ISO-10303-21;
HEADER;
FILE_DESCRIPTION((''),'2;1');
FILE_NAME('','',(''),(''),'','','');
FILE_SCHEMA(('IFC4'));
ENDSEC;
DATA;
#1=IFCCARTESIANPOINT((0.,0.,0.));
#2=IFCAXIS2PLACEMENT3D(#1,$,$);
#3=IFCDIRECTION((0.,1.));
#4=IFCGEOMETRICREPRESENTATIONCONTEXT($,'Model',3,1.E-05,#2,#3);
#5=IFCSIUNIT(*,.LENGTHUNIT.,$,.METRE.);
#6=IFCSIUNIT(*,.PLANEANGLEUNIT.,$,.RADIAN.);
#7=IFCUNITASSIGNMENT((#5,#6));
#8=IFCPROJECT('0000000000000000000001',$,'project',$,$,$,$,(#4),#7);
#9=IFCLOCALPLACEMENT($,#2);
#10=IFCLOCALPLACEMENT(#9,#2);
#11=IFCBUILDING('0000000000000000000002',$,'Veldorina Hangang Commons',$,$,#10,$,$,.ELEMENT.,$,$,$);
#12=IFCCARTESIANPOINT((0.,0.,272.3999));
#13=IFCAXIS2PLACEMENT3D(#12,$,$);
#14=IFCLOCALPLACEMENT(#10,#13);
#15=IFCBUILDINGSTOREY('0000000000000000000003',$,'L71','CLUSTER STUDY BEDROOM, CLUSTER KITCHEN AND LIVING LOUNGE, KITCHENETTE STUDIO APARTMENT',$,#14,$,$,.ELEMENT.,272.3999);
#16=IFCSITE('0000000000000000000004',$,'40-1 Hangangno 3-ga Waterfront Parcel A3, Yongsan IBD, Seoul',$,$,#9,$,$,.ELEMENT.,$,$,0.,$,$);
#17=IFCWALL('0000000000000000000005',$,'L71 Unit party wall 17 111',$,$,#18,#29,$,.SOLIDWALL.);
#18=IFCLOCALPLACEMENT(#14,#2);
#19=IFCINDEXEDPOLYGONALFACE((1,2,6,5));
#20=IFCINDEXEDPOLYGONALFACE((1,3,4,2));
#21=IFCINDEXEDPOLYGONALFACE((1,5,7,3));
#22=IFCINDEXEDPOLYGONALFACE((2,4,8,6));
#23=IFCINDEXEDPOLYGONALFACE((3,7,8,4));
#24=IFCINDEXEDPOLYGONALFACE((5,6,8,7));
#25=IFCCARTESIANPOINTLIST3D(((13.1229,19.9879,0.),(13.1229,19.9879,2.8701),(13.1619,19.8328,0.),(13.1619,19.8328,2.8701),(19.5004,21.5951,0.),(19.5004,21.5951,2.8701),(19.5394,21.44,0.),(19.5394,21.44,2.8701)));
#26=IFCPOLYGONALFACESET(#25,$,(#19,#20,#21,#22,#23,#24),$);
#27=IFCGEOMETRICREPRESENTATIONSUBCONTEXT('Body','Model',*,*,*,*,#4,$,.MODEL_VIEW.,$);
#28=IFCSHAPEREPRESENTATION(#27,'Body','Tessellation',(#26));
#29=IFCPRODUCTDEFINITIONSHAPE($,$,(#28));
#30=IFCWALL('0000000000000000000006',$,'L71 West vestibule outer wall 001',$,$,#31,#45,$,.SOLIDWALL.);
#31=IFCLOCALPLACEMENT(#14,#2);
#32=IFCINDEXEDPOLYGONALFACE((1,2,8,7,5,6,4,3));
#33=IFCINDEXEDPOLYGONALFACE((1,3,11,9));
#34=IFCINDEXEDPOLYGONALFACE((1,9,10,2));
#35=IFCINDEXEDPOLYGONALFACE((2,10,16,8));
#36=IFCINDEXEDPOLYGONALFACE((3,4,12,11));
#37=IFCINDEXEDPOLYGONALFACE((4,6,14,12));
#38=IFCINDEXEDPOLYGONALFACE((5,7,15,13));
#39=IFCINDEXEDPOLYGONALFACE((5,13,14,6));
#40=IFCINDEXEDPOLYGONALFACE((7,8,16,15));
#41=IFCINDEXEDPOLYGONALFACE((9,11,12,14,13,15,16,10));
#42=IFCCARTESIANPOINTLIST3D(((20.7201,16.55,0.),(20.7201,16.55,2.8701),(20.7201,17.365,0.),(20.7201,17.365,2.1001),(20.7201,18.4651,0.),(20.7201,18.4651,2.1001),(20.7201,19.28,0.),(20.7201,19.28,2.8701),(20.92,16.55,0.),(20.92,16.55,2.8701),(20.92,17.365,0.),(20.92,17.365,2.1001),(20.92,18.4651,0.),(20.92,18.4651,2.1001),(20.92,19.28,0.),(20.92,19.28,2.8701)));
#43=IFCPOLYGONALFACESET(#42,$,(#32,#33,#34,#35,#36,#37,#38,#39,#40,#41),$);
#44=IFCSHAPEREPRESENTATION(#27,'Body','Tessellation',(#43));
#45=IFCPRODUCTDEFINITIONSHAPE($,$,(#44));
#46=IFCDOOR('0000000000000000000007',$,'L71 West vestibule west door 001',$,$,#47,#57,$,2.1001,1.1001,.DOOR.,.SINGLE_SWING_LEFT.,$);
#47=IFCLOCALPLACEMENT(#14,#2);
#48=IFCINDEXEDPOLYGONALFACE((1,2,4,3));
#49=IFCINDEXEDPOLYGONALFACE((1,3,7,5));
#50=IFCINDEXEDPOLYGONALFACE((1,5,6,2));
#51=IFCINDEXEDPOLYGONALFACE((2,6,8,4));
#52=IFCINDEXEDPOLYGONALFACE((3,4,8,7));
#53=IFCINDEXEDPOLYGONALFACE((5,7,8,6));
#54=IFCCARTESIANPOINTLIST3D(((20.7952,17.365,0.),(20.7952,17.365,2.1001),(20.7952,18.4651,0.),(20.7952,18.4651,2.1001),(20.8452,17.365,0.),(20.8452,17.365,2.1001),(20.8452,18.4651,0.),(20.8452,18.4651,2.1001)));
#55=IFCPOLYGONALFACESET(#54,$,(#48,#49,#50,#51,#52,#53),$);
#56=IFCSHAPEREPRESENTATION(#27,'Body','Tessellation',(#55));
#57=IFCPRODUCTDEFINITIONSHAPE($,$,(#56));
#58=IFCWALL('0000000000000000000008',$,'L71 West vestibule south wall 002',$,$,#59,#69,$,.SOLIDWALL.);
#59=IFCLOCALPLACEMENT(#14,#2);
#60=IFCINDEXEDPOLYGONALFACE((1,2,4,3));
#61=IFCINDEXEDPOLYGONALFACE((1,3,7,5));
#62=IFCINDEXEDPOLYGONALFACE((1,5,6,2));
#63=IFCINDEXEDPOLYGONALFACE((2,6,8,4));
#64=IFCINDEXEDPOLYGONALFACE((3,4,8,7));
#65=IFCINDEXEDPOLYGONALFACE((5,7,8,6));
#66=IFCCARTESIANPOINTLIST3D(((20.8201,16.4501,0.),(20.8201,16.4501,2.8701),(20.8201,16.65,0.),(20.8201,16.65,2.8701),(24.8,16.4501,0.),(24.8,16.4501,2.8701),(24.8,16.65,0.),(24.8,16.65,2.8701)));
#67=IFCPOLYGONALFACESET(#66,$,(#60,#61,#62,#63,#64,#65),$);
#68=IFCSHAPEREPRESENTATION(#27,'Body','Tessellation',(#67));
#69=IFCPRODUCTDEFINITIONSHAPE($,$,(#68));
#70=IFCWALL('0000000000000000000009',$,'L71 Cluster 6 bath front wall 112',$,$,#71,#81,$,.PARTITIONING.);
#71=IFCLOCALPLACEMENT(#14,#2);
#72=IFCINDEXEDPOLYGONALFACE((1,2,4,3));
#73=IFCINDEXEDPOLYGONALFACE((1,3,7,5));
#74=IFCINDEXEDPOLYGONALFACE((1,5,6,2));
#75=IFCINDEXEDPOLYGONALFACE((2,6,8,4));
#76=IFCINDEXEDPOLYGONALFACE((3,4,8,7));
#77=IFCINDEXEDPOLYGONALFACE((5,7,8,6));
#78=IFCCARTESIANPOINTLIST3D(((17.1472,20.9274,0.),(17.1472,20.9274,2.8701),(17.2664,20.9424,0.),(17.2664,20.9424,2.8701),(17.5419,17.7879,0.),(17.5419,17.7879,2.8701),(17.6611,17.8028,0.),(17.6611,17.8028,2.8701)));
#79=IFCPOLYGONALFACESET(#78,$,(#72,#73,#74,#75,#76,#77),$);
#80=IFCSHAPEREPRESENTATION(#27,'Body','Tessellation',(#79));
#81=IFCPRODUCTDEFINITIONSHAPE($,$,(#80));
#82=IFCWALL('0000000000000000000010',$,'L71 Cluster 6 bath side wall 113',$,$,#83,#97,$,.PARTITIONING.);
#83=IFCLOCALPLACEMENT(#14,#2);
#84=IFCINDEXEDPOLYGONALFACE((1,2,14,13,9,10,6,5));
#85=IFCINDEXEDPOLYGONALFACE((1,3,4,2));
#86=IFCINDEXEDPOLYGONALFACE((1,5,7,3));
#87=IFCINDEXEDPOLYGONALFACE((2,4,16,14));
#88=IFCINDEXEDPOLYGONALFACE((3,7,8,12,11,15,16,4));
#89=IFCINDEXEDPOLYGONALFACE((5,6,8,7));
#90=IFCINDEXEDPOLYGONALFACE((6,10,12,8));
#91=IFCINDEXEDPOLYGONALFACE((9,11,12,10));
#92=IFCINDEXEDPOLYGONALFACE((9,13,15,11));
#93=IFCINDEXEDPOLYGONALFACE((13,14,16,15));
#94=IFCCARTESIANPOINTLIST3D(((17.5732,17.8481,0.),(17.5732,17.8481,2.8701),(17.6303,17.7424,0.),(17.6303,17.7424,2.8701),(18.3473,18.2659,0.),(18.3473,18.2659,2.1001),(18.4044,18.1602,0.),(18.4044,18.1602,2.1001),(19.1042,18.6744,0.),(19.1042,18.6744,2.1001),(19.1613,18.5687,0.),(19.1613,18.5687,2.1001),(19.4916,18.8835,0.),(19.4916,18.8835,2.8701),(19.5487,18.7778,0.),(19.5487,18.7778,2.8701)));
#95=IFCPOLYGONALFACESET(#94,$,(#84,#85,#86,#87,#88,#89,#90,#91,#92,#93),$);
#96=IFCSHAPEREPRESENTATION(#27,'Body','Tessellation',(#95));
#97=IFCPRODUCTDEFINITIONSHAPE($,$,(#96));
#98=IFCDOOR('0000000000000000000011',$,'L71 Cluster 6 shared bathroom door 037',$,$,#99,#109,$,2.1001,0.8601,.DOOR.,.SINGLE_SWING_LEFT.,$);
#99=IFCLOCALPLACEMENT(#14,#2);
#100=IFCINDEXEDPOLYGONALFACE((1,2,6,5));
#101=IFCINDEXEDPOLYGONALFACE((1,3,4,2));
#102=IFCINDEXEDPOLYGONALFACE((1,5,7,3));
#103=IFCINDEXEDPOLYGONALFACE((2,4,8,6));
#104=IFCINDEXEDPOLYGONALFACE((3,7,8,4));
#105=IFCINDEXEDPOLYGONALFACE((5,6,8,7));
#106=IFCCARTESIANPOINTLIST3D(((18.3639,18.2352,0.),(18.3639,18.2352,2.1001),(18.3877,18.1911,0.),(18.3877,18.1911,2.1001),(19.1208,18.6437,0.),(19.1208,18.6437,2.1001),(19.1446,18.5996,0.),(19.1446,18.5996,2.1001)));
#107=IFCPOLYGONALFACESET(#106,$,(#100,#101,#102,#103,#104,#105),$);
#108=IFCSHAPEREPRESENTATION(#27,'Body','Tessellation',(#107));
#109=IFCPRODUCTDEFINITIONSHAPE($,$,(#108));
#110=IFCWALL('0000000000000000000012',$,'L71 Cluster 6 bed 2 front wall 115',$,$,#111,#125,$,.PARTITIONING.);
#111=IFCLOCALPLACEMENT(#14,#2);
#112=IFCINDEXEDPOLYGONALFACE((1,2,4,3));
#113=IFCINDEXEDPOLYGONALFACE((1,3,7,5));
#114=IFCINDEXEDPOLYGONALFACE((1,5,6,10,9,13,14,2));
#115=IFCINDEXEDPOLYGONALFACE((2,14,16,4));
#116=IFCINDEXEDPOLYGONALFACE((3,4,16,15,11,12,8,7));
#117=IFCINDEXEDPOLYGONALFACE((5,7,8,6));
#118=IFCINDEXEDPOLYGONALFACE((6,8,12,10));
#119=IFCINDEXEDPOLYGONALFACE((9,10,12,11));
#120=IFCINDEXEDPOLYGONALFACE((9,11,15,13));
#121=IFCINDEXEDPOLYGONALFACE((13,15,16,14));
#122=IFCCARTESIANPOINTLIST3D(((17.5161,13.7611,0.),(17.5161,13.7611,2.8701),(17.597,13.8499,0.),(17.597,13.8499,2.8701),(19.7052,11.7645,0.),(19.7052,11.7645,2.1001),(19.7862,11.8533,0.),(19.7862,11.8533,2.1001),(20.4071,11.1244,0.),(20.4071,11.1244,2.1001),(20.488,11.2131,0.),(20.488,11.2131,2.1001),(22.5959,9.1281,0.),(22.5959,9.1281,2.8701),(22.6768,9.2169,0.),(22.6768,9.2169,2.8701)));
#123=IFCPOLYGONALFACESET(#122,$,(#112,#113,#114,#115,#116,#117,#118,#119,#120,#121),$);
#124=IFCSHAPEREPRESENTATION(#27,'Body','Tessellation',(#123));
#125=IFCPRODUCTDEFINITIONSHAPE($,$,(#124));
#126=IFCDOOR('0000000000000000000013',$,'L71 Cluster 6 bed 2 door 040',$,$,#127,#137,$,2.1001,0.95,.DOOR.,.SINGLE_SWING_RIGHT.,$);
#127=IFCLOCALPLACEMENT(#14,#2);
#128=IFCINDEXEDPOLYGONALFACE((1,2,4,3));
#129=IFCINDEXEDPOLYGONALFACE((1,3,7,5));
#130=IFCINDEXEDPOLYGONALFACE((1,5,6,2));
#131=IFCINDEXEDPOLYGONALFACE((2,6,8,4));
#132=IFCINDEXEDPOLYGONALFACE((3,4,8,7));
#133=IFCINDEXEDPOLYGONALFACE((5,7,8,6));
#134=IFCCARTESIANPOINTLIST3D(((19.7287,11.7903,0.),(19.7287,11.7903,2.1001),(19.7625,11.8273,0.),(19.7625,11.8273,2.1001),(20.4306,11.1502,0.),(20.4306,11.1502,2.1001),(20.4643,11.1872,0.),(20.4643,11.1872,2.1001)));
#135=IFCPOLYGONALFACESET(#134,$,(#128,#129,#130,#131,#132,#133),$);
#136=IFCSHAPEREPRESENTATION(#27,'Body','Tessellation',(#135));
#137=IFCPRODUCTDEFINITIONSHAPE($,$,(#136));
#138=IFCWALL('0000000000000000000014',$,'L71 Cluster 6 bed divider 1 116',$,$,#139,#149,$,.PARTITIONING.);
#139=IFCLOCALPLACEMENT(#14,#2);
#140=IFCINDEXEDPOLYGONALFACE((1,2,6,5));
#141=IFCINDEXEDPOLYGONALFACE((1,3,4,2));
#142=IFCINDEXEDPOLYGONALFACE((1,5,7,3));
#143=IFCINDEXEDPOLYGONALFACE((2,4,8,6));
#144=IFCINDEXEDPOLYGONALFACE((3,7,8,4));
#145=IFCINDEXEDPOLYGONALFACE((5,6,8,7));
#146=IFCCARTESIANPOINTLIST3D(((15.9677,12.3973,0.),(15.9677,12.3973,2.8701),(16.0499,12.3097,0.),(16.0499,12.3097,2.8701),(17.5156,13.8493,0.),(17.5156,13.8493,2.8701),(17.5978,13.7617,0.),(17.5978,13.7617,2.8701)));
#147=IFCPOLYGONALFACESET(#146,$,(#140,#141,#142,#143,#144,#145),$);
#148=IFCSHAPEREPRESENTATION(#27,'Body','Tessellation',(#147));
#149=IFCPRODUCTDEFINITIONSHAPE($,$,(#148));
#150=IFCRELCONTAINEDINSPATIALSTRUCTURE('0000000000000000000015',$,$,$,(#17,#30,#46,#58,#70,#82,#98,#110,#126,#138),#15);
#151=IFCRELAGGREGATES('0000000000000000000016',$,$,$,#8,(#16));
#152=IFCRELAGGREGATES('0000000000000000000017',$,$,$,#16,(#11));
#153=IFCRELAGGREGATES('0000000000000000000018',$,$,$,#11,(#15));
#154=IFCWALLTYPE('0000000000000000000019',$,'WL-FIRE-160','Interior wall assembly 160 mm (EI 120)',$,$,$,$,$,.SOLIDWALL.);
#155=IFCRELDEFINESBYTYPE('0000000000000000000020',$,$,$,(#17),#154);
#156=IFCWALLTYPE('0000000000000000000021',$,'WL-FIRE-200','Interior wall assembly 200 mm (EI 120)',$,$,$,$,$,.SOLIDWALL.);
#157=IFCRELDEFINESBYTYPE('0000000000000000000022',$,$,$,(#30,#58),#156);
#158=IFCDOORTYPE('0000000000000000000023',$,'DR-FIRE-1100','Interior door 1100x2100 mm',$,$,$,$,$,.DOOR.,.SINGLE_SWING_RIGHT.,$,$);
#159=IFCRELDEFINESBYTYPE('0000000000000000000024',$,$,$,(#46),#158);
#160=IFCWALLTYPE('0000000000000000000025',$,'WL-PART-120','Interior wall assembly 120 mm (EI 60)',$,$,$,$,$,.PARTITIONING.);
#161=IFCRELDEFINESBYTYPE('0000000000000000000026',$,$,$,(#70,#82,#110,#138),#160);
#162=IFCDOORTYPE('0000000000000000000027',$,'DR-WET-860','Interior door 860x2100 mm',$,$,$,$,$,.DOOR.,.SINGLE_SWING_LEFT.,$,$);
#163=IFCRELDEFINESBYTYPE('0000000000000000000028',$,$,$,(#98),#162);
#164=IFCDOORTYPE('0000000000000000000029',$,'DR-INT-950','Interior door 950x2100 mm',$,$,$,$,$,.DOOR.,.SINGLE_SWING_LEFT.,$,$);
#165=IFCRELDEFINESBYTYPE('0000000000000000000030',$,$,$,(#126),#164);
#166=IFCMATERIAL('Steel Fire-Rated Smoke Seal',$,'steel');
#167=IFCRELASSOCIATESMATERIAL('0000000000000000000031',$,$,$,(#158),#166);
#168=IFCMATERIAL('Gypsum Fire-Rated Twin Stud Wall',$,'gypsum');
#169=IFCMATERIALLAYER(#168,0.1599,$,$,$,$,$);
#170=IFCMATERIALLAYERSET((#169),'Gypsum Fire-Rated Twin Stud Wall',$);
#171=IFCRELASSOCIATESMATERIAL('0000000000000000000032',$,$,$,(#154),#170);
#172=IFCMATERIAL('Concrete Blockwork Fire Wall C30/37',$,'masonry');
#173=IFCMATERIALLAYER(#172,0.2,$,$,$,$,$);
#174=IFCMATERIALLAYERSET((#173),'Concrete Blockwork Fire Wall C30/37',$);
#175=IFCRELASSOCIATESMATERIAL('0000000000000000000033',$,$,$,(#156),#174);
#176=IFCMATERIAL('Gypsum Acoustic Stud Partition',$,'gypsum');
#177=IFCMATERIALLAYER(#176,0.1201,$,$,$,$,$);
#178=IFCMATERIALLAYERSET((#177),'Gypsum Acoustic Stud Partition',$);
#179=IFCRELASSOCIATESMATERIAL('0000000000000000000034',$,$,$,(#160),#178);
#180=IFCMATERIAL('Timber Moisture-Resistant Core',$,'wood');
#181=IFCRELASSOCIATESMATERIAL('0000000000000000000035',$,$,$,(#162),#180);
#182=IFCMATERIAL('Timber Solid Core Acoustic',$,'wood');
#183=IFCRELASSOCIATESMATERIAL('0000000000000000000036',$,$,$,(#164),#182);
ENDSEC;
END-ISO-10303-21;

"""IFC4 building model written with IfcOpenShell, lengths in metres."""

from ifc_helpers import new_model, si_unit, direction, frame, frame_2d, origin, place, context, subcontext, project, spatial, rectangle, extrude, material, layer, layer_set, type_object, element, fill, save


model = new_model("IFC4")

# Units and contexts
model_context = context("Model", 3, precision=1e-05, world=origin(), true_north=direction((0.0, 1.0)))
body_context = subcontext(model_context, "Body", "Model", "MODEL_VIEW")
ifc_project = project(units=[si_unit("LENGTHUNIT", "METRE"), si_unit("PLANEANGLEUNIT", "RADIAN")], contexts=[model_context])

# Site, building, storey
site_placement = place(None, origin())
site = spatial("IfcSite", under=ifc_project, at=site_placement, Name="40-1 Hangangno 3-ga Waterfront Parcel A3, Yongsan IBD, Seoul", CompositionType="ELEMENT", RefElevation=0.0)
building_placement = place(site_placement, origin())
building = spatial("IfcBuilding", under=site, at=building_placement, Name="Veldorina Hangang Commons", CompositionType="ELEMENT")
storey_placement = place(building_placement, frame((0.0, 0.0, 272.3999)))
storey = spatial("IfcBuildingStorey", under=building, at=storey_placement, Name="L71", Description="CLUSTER STUDY BEDROOM, CLUSTER KITCHEN AND LIVING LOUNGE, KITCHENETTE STUDIO APARTMENT", CompositionType="ELEMENT", Elevation=272.3999)

# Shared definitions
ifc_material_1 = material(Name="Steel Fire-Rated Smoke Seal", Category="steel")
door_type_1 = type_object("IfcDoorType", Name="DR-FIRE-1100", Description="Interior door 1100x2100 mm", OperationType="SINGLE_SWING_RIGHT", PredefinedType="DOOR", material=ifc_material_1)

# Shared definitions
ifc_material_2 = material(Name="Gypsum Fire-Rated Twin Stud Wall", Category="gypsum")
ifc_layer_1 = layer(ifc_material_2, 0.1599)
ifc_layer_set_1 = layer_set([ifc_layer_1], Name="Gypsum Fire-Rated Twin Stud Wall")
wall_type_1 = type_object("IfcWallType", Name="WL-FIRE-160", Description="Interior wall assembly 160 mm (EI 120)", PredefinedType="SOLIDWALL", material=ifc_layer_set_1)

# Wall
wall_1_placement = place(storey_placement, frame((19.52, 21.5176, 0.0), z_axis=(0.0, 0.0, 1.0), x_axis=(-0.969682, -0.244369, 0.0)))
element("IfcWall", 1, at=wall_1_placement, inside=storey, type_object=wall_type_1, Name="L71 Unit party wall 17 111", PredefinedType="SOLIDWALL", context=body_context, shape_type="SweptSolid", body=[
    extrude(rectangle(XDim=6.5769, YDim=0.1599, at=frame_2d((3.2886, 0.0))), origin(), (0.0, 0.0, 1.0), 2.8701),
])

# Wall, opening, door
ifc_material_3 = material(Name="Concrete Blockwork Fire Wall C30/37", Category="masonry")
ifc_layer_2 = layer(ifc_material_3, 0.2)
ifc_layer_set_2 = layer_set([ifc_layer_2], Name="Concrete Blockwork Fire Wall C30/37")
wall_type_2 = type_object("IfcWallType", Name="WL-FIRE-200", Description="Interior wall assembly 200 mm (EI 120)", PredefinedType="SOLIDWALL", material=ifc_layer_set_2)
wall_2_placement = place(storey_placement, frame((20.8201, 16.55, 0.0), z_axis=(0.0, 0.0, 1.0), x_axis=(0.0, 1.0, 0.0)))
wall_2 = element("IfcWall", 2, at=wall_2_placement, inside=storey, type_object=wall_type_2, Name="L71 West vestibule outer wall 001", PredefinedType="SOLIDWALL", context=body_context, shape_type="SweptSolid", body=[
    extrude(rectangle(XDim=2.73, YDim=0.2, at=frame_2d((1.365, 0.0))), origin(), (0.0, 0.0, 1.0), 2.8701),
])
opening_1_placement = place(wall_2_placement, frame((0.8149, 0.0, 0.0)))
opening_1 = element("IfcOpeningElement", 3, at=opening_1_placement, cuts=wall_2, PredefinedType="OPENING", context=body_context, shape_type="SweptSolid", body=[
    extrude(rectangle(XDim=1.1001, YDim=2.1001, at=frame_2d((0.55, 1.05))), frame((0.0, 0.1099, 0.0), z_axis=(0.0, -1.0, 0.0), x_axis=(1.0, 0.0, 0.0)), (0.0, 0.0, 1.0), 0.22),
])
door_1_placement = place(opening_1_placement, origin())
door_1 = element("IfcDoor", 4, at=door_1_placement, inside=storey, type_object=door_type_1, Name="L71 West vestibule west door 001", OperationType="SINGLE_SWING_LEFT", OverallHeight=2.1001, OverallWidth=1.1001, PredefinedType="DOOR", context=body_context, shape_type="SweptSolid", body=[
    extrude(rectangle(XDim=1.1001, YDim=2.1001, at=frame_2d((0.55, 1.05))), frame((0.0, 0.0249, 0.0), z_axis=(0.0, -1.0, 0.0), x_axis=(1.0, 0.0, 0.0)), (0.0, 0.0, 1.0), 0.05),
])
fill(opening_1, door_1)

# Walls
wall_3_placement = place(storey_placement, frame((20.8201, 16.55, 0.0), z_axis=(0.0, 0.0, 1.0), x_axis=(1.0, 0.0, 0.0)))
element("IfcWall", 5, at=wall_3_placement, inside=storey, type_object=wall_type_2, Name="L71 West vestibule south wall 002", PredefinedType="SOLIDWALL", context=body_context, shape_type="SweptSolid", body=[
    extrude(rectangle(XDim=3.98, YDim=0.2, at=frame_2d((1.99, 0.0))), origin(), (0.0, 0.0, 1.0), 2.8701),
])
ifc_material_4 = material(Name="Gypsum Acoustic Stud Partition", Category="gypsum")
ifc_layer_3 = layer(ifc_material_4, 0.1201)
ifc_layer_set_3 = layer_set([ifc_layer_3], Name="Gypsum Acoustic Stud Partition")
wall_type_3 = type_object("IfcWallType", Name="WL-PART-120", Description="Interior wall assembly 120 mm (EI 60)", PredefinedType="PARTITIONING", material=ifc_layer_set_3)
wall_4_placement = place(storey_placement, frame((17.2068, 20.9348, 0.0), z_axis=(0.0, 0.0, 1.0), x_axis=(0.124756, -0.992187, 0.0)))
element("IfcWall", 6, at=wall_4_placement, inside=storey, type_object=wall_type_3, Name="L71 Cluster 6 bath front wall 112", PredefinedType="PARTITIONING", context=body_context, shape_type="SweptSolid", body=[
    extrude(rectangle(XDim=3.1643, YDim=0.1201, at=frame_2d((1.582, 0.0))), origin(), (0.0, 0.0, 1.0), 2.8701),
])

# Walls, openings, doors
wall_5_placement = place(storey_placement, frame((19.52, 18.8306, 0.0), z_axis=(0.0, 0.0, 1.0), x_axis=(-0.880014, -0.474948, 0.0)))
wall_5 = element("IfcWall", 7, at=wall_5_placement, inside=storey, type_object=wall_type_3, Name="L71 Cluster 6 bath side wall 113", PredefinedType="PARTITIONING", context=body_context, shape_type="SweptSolid", body=[
    extrude(rectangle(XDim=2.1799, YDim=0.1201, at=frame_2d((1.0898, 0.0))), origin(), (0.0, 0.0, 1.0), 2.8701),
])
opening_2_placement = place(wall_5_placement, frame((0.4399, 0.0, 0.0)))
opening_2 = element("IfcOpeningElement", 8, at=opening_2_placement, cuts=wall_5, PredefinedType="OPENING", context=body_context, shape_type="SweptSolid", body=[
    extrude(rectangle(XDim=0.8601, YDim=2.1001, at=frame_2d((0.4302, 1.05))), frame((0.0, 0.0701, 0.0), z_axis=(0.0, -1.0, 0.0), x_axis=(1.0, 0.0, 0.0)), (0.0, 0.0, 1.0), 0.1401),
])
ifc_material_5 = material(Name="Timber Moisture-Resistant Core", Category="wood")
door_type_2 = type_object("IfcDoorType", Name="DR-WET-860", Description="Interior door 860x2100 mm", OperationType="SINGLE_SWING_LEFT", PredefinedType="DOOR", material=ifc_material_5)
door_2_placement = place(opening_2_placement, origin())
door_2 = element("IfcDoor", 9, at=door_2_placement, inside=storey, type_object=door_type_2, Name="L71 Cluster 6 shared bathroom door 037", OperationType="SINGLE_SWING_LEFT", OverallHeight=2.1001, OverallWidth=0.8601, PredefinedType="DOOR", context=body_context, shape_type="SweptSolid", body=[
    extrude(rectangle(XDim=0.8601, YDim=2.1001, at=frame_2d((0.4302, 1.05))), frame((0.0, 0.0249, 0.0), z_axis=(0.0, -1.0, 0.0), x_axis=(1.0, 0.0, 0.0)), (0.0, 0.0, 1.0), 0.05),
])
fill(opening_2, door_2)
wall_6_placement = place(storey_placement, frame((17.5566, 13.8054, 0.0), z_axis=(0.0, 0.0, 1.0), x_axis=(0.738851, -0.673868, 0.0)))
wall_6 = element("IfcWall", 10, at=wall_6_placement, inside=storey, type_object=wall_type_3, Name="L71 Cluster 6 bed 2 front wall 115", PredefinedType="PARTITIONING", context=body_context, shape_type="SweptSolid", body=[
    extrude(rectangle(XDim=6.8752, YDim=0.1201, at=frame_2d((3.4375, 0.0))), origin(), (0.0, 0.0, 1.0), 2.8701),
])
opening_3_placement = place(wall_6_placement, frame((2.9626, 0.0, 0.0)))
opening_3 = element("IfcOpeningElement", 11, at=opening_3_placement, cuts=wall_6, PredefinedType="OPENING", context=body_context, shape_type="SweptSolid", body=[
    extrude(rectangle(XDim=0.95, YDim=2.1001, at=frame_2d((0.4751, 1.05))), frame((0.0, 0.0701, 0.0), z_axis=(0.0, -1.0, 0.0), x_axis=(1.0, 0.0, 0.0)), (0.0, 0.0, 1.0), 0.1401),
])
ifc_material_6 = material(Name="Timber Solid Core Acoustic", Category="wood")
door_type_3 = type_object("IfcDoorType", Name="DR-INT-950", Description="Interior door 950x2100 mm", OperationType="SINGLE_SWING_LEFT", PredefinedType="DOOR", material=ifc_material_6)
door_3_placement = place(opening_3_placement, origin())
door_3 = element("IfcDoor", 12, at=door_3_placement, inside=storey, type_object=door_type_3, Name="L71 Cluster 6 bed 2 door 040", OperationType="SINGLE_SWING_RIGHT", OverallHeight=2.1001, OverallWidth=0.95, PredefinedType="DOOR", context=body_context, shape_type="SweptSolid", body=[
    extrude(rectangle(XDim=0.95, YDim=2.1001, at=frame_2d((0.4751, 1.05))), frame((0.0, 0.0249, 0.0), z_axis=(0.0, -1.0, 0.0), x_axis=(1.0, 0.0, 0.0)), (0.0, 0.0, 1.0), 0.05),
])
fill(opening_3, door_3)

# Wall
wall_7_placement = place(storey_placement, frame((17.5566, 13.8054, 0.0), z_axis=(0.0, 0.0, 1.0), x_axis=(-0.729351, -0.68414, 0.0)))
element("IfcWall", 13, at=wall_7_placement, inside=storey, type_object=wall_type_3, Name="L71 Cluster 6 bed divider 1 116", PredefinedType="PARTITIONING", context=body_context, shape_type="SweptSolid", body=[
    extrude(rectangle(XDim=2.1223, YDim=0.1201, at=frame_2d((1.061, 0.0))), origin(), (0.0, 0.0, 1.0), 2.8701),
])

save(model, "model.ifc")
